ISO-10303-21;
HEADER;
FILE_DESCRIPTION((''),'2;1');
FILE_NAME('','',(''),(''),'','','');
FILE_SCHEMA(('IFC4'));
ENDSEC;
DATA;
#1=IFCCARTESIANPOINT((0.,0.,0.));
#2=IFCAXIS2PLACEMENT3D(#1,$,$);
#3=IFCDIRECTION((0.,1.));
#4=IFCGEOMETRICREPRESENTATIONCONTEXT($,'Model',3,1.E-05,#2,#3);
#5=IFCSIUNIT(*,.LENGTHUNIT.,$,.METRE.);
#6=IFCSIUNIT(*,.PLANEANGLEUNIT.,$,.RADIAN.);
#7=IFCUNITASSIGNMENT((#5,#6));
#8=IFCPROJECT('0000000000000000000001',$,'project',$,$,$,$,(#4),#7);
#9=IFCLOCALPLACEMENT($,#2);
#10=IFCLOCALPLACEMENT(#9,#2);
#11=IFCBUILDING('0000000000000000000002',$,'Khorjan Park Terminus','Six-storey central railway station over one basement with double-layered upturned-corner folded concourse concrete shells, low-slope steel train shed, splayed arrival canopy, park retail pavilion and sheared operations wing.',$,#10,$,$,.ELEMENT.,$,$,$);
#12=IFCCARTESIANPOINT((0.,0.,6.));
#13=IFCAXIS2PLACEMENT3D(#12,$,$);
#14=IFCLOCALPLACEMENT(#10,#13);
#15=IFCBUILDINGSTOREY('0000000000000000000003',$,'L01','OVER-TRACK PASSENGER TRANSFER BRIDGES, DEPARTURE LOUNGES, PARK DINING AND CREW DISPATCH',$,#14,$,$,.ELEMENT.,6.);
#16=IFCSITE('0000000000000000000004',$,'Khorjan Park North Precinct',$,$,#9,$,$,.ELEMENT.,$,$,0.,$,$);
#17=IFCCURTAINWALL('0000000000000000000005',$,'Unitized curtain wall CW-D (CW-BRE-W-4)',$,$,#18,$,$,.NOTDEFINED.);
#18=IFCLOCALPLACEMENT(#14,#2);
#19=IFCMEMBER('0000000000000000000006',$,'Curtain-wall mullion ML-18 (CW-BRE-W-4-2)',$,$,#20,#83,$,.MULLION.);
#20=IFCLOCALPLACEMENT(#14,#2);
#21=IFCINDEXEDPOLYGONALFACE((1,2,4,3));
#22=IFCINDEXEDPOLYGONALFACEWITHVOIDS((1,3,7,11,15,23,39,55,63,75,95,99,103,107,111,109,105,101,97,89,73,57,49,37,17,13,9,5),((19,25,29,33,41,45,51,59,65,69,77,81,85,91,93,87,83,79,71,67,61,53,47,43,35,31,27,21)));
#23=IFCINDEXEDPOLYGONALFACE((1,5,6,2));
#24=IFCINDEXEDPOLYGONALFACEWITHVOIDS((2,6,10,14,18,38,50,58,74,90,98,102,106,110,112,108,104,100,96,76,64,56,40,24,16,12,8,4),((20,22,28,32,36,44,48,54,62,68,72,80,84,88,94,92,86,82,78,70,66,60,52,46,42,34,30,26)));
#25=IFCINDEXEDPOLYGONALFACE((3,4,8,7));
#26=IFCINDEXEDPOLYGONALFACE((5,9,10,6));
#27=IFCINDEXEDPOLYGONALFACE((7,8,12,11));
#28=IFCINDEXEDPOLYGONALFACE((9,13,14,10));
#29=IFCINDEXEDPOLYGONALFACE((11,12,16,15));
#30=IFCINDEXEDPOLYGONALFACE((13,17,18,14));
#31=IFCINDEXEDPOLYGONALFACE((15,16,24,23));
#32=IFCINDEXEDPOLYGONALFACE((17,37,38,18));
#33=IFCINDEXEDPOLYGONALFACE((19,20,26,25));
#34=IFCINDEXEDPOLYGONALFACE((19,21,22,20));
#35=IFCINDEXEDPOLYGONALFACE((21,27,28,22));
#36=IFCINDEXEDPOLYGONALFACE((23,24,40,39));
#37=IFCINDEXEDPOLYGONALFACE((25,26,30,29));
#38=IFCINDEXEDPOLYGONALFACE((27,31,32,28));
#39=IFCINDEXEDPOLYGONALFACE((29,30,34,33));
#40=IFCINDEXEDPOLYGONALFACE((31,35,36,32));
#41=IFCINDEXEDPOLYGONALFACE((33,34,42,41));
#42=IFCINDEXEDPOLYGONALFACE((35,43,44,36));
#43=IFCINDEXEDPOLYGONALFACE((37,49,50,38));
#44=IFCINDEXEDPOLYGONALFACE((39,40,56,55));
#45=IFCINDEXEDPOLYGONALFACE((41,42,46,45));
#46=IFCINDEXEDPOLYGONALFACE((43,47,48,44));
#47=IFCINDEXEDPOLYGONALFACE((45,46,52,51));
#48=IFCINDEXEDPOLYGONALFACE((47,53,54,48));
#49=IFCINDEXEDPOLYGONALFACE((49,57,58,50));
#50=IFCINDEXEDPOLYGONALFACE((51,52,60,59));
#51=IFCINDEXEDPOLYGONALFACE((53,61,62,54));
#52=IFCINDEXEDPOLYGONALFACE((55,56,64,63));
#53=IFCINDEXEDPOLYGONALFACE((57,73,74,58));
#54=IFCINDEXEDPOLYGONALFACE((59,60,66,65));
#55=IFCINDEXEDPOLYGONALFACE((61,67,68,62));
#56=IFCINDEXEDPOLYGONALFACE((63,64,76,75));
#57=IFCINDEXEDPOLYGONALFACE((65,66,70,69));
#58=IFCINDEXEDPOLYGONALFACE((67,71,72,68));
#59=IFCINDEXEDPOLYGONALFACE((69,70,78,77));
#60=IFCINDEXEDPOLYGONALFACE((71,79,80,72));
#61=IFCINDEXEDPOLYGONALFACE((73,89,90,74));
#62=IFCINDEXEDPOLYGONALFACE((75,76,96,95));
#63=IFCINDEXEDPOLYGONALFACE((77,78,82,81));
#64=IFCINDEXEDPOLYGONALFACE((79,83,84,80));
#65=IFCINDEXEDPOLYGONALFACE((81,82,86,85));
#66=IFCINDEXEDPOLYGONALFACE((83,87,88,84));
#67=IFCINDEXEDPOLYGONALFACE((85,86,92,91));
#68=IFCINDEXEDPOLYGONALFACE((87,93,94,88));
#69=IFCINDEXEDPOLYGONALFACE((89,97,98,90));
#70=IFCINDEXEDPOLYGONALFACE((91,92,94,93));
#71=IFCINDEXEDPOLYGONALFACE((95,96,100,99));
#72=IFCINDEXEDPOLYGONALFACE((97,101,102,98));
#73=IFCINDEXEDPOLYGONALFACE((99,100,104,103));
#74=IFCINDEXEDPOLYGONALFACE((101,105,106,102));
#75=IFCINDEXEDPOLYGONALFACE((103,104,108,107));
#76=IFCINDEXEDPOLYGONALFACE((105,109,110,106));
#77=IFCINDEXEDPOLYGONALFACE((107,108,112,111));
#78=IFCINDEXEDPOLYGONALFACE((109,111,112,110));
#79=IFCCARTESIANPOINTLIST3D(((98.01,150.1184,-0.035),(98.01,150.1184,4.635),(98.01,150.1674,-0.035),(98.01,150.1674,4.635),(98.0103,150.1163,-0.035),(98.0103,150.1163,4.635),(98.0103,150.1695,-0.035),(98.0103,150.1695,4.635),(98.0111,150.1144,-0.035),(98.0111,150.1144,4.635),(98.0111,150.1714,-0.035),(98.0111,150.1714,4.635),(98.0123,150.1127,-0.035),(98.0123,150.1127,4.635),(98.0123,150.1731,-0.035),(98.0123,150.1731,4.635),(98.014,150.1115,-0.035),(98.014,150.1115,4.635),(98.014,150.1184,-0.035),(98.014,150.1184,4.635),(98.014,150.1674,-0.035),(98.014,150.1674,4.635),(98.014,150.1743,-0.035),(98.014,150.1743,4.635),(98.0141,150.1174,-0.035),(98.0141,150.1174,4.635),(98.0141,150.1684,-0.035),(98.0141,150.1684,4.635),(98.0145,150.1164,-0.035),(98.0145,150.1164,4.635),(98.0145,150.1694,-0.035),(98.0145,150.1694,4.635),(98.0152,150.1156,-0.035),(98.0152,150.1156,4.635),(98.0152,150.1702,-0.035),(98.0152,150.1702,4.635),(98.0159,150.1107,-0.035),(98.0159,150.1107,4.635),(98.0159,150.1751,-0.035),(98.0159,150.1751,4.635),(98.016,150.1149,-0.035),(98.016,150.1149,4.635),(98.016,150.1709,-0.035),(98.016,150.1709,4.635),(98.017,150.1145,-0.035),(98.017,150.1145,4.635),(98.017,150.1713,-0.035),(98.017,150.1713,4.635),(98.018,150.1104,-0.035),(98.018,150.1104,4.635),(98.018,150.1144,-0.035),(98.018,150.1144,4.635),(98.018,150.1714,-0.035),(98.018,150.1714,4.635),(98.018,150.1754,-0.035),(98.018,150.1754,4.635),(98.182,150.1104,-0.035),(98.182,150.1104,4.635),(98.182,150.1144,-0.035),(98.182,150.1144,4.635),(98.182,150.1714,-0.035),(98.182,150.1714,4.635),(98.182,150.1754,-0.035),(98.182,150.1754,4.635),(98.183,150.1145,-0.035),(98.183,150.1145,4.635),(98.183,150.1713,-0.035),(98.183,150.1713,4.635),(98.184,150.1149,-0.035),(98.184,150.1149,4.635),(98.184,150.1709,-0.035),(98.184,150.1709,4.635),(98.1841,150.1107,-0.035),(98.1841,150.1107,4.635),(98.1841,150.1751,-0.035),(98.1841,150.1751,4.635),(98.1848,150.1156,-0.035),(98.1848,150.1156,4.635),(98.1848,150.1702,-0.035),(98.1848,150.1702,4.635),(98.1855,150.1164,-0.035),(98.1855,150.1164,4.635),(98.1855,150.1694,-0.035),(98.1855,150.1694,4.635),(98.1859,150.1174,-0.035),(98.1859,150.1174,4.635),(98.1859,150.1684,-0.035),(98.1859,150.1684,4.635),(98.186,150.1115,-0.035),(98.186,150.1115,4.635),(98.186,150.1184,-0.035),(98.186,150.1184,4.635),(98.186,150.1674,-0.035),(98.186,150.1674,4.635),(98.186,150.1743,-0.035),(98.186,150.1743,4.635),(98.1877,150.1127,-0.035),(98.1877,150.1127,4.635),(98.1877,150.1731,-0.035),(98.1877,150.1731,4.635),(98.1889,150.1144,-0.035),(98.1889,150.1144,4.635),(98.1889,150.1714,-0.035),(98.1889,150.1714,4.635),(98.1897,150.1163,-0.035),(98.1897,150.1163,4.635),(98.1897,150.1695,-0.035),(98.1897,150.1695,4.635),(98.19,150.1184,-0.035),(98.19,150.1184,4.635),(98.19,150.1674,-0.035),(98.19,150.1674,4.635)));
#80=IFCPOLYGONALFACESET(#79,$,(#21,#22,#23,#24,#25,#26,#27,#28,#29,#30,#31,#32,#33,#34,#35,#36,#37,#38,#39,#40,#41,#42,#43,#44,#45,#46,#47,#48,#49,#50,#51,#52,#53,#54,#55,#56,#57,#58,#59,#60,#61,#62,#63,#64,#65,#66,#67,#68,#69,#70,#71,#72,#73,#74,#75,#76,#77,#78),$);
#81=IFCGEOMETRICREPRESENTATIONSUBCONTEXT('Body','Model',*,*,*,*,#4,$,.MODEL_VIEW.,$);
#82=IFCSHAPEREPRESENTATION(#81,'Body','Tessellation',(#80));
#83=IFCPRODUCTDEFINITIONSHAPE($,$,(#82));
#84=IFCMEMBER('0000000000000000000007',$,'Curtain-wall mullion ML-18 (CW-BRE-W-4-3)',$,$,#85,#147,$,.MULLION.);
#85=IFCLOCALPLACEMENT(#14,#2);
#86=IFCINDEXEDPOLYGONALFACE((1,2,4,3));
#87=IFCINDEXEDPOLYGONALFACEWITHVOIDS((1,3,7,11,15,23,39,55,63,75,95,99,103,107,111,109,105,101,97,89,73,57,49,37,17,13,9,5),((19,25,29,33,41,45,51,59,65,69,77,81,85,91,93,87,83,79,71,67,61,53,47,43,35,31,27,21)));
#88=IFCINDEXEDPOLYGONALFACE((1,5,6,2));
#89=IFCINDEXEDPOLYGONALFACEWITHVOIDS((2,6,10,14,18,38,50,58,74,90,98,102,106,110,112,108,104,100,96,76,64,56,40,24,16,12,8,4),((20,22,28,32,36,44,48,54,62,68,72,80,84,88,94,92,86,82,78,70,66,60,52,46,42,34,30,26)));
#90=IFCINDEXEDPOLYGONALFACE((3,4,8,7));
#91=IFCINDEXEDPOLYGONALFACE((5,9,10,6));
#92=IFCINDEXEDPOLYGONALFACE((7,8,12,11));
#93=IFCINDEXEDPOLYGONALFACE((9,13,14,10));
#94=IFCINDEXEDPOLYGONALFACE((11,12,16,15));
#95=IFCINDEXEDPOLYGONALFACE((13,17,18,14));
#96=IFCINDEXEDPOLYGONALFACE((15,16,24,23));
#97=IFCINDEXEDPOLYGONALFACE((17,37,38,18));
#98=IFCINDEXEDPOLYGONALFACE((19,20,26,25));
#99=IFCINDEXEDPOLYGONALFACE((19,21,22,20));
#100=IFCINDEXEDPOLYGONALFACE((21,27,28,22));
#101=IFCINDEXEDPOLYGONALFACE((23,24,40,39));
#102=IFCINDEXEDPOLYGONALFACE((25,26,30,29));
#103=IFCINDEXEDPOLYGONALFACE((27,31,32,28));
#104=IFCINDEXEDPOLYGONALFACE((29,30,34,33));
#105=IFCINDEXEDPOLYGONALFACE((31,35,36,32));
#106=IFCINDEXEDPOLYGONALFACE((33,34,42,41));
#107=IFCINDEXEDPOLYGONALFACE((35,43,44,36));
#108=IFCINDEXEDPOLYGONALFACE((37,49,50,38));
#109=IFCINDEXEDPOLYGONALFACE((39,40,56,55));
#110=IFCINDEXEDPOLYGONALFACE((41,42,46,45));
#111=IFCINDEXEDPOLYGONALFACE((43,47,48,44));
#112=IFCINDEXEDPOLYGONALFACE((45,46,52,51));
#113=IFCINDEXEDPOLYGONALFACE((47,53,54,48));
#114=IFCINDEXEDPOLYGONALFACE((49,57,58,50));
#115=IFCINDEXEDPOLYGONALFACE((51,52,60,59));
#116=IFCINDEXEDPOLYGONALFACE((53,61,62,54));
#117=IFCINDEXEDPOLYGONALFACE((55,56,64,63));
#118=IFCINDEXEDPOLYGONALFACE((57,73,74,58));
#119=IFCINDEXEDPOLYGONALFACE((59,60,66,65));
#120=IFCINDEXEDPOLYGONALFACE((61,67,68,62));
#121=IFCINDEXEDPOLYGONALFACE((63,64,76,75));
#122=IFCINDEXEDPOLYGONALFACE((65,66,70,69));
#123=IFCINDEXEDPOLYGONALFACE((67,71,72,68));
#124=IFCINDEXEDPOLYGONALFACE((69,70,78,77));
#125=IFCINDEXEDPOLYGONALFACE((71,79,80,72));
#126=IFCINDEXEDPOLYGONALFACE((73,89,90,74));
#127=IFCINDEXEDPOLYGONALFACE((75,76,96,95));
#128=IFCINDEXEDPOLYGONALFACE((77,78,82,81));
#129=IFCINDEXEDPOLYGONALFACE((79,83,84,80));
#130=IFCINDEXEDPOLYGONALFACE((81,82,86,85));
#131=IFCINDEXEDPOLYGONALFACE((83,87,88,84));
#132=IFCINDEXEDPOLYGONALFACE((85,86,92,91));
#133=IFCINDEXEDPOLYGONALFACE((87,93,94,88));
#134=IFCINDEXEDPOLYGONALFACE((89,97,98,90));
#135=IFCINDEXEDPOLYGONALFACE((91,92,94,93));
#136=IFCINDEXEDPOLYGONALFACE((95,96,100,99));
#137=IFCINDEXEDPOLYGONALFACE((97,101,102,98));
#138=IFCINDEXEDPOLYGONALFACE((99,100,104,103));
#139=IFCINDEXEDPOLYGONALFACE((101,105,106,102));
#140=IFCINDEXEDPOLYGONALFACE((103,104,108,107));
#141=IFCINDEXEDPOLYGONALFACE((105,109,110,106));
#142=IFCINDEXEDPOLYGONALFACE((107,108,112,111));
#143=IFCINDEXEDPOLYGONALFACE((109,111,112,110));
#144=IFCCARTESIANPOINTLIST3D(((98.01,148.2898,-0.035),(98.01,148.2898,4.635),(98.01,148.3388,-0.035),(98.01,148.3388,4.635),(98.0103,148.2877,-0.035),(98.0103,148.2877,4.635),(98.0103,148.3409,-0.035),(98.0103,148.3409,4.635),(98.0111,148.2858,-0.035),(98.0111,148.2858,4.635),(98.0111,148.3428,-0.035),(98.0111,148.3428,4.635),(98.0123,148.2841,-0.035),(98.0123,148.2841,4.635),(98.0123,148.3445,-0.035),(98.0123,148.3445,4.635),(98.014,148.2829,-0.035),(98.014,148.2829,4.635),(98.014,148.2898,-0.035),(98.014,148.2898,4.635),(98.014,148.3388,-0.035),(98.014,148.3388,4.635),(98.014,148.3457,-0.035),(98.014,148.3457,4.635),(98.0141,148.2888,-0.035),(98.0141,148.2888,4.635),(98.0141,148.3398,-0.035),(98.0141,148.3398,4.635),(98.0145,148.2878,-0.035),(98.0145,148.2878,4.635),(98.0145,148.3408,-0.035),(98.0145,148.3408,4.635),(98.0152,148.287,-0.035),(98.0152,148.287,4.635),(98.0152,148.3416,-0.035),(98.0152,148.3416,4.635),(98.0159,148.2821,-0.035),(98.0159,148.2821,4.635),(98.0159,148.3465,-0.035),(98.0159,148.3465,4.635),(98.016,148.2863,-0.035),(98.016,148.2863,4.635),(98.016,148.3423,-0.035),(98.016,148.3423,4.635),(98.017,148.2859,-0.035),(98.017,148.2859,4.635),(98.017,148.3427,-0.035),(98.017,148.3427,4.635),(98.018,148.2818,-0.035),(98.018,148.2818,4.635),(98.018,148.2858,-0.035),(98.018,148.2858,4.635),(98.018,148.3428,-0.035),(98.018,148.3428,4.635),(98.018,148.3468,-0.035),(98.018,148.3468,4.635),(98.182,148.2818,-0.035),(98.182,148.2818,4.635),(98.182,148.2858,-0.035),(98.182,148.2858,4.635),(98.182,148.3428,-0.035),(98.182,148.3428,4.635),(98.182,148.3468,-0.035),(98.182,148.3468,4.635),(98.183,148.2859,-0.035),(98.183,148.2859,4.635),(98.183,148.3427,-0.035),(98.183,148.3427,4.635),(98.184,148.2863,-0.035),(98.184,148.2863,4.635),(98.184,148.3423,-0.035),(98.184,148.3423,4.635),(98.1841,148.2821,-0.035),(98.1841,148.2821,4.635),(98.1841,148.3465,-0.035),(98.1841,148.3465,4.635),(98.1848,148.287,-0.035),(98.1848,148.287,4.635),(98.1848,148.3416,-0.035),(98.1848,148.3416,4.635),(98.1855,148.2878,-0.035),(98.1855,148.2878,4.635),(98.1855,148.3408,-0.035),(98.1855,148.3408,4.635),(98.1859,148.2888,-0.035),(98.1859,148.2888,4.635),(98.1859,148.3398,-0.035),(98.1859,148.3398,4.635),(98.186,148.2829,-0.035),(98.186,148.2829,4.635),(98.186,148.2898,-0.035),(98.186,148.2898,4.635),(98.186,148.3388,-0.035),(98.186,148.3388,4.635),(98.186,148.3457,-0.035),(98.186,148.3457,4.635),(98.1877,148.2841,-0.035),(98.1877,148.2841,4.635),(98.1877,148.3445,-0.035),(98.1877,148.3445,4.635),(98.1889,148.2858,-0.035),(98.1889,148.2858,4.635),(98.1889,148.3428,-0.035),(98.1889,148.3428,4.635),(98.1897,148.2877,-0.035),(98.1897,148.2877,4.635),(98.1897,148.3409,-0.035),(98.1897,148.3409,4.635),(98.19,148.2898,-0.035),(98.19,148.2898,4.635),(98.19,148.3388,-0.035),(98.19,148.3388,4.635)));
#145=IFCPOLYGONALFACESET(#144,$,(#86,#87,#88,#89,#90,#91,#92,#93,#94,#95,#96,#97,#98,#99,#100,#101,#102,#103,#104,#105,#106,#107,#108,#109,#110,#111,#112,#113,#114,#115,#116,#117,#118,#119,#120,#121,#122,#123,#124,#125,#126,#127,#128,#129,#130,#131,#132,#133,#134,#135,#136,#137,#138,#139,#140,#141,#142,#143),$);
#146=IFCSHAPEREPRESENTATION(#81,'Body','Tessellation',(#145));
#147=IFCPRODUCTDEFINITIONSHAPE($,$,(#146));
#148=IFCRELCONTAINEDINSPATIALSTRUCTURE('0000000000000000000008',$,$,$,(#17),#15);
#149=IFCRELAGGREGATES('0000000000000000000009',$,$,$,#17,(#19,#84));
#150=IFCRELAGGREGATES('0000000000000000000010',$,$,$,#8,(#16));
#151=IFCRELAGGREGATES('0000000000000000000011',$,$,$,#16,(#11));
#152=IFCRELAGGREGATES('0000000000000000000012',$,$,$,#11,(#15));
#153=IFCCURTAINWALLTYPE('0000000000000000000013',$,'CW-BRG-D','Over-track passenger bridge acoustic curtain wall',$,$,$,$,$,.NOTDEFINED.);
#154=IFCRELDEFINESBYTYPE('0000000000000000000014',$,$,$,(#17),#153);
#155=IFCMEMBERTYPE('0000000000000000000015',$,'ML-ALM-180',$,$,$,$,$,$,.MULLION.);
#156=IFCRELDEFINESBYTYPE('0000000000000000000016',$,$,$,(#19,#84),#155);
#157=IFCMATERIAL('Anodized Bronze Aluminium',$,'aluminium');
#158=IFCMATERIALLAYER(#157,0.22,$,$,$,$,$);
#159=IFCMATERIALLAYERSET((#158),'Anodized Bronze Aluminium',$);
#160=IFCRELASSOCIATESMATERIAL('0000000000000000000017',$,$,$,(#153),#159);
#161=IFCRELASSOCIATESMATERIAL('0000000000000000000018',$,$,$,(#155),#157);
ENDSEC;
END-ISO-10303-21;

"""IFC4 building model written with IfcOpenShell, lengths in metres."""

from ifc_helpers import new_model, si_unit, direction, frame, origin, origin_2d, place, context, subcontext, project, spatial, hollow_rectangle, extrude, material, layer, layer_set, material_profile, profile_set, type_object, element, aggregate, save


model = new_model("IFC4")

# Units and contexts
model_context = context("Model", 3, precision=1e-05, world=origin(), true_north=direction((0.0, 1.0)))
body_context = subcontext(model_context, "Body", "Model", "MODEL_VIEW")
ifc_project = project(units=[si_unit("LENGTHUNIT", "METRE"), si_unit("PLANEANGLEUNIT", "RADIAN")], contexts=[model_context])

# Site, building, storey
site_placement = place(None, origin())
site = spatial("IfcSite", under=ifc_project, at=site_placement, Name="Khorjan Park North Precinct", CompositionType="ELEMENT", RefElevation=0.0)
building_placement = place(site_placement, origin())
building = spatial("IfcBuilding", under=site, at=building_placement, Name="Khorjan Park Terminus", Description="Six-storey central railway station over one basement with double-layered upturned-corner folded concourse concrete shells, low-slope steel train shed, splayed arrival canopy, park retail pavilion and sheared operations wing.", CompositionType="ELEMENT")
storey_placement = place(building_placement, frame((0.0, 0.0, 6.0)))
storey = spatial("IfcBuildingStorey", under=building, at=storey_placement, Name="L01", Description="OVER-TRACK PASSENGER TRANSFER BRIDGES, DEPARTURE LOUNGES, PARK DINING AND CREW DISPATCH", CompositionType="ELEMENT", Elevation=6.0)

# Curtain wall, members
ifc_material_1 = material(Name="Anodized Bronze Aluminium", Category="aluminium")
ifc_layer_1 = layer(ifc_material_1, 0.22)
ifc_layer_set_1 = layer_set([ifc_layer_1], Name="Anodized Bronze Aluminium")
curtain_wall_type = type_object("IfcCurtainWallType", Name="CW-BRG-D", Description="Over-track passenger bridge acoustic curtain wall", PredefinedType="NOTDEFINED", material=ifc_layer_set_1)
curtain_wall_1_placement = place(storey_placement, origin())
curtain_wall_1 = element("IfcCurtainWall", 1, at=curtain_wall_1_placement, inside=storey, type_object=curtain_wall_type, Name="Unitized curtain wall CW-D (CW-BRE-W-4)", PredefinedType="NOTDEFINED")
ifc_material_profile_1 = material_profile(ifc_material_1, hollow_rectangle(XDim=0.065, YDim=0.18, WallThickness=0.004, InnerFilletRadius=0.004, OuterFilletRadius=0.008, at=origin_2d()), Name="ALM 65x180x4")
ifc_profile_set_1 = profile_set([ifc_material_profile_1], Name="Anodized Bronze Aluminium")
member_type_1 = type_object("IfcMemberType", Name="ML-ALM-180", PredefinedType="MULLION", material=ifc_profile_set_1)
member_1_placement = place(storey_placement, frame((98.1, 150.1429, -0.035), z_axis=(0.0, 0.0, 1.0), x_axis=(0.0, -1.0, 0.0)))
member_1 = element("IfcMember", 2, at=member_1_placement, type_object=member_type_1, Name="Curtain-wall mullion ML-18 (CW-BRE-W-4-2)", PredefinedType="MULLION", context=body_context, shape_type="SweptSolid", body=[
    extrude(hollow_rectangle(XDim=0.065, YDim=0.18, WallThickness=0.004, InnerFilletRadius=0.004, OuterFilletRadius=0.008, at=origin_2d()), origin(), (0.0, 0.0, 1.0), 4.67),
])
member_2_placement = place(storey_placement, frame((98.1, 148.3143, -0.035), z_axis=(0.0, 0.0, 1.0), x_axis=(0.0, -1.0, 0.0)))
member_2 = element("IfcMember", 3, at=member_2_placement, type_object=member_type_1, Name="Curtain-wall mullion ML-18 (CW-BRE-W-4-3)", PredefinedType="MULLION", context=body_context, shape_type="SweptSolid", body=[
    extrude(hollow_rectangle(XDim=0.065, YDim=0.18, WallThickness=0.004, InnerFilletRadius=0.004, OuterFilletRadius=0.008, at=origin_2d()), origin(), (0.0, 0.0, 1.0), 4.67),
])

aggregate(curtain_wall_1, [member_1, member_2])

save(model, "model.ifc")
